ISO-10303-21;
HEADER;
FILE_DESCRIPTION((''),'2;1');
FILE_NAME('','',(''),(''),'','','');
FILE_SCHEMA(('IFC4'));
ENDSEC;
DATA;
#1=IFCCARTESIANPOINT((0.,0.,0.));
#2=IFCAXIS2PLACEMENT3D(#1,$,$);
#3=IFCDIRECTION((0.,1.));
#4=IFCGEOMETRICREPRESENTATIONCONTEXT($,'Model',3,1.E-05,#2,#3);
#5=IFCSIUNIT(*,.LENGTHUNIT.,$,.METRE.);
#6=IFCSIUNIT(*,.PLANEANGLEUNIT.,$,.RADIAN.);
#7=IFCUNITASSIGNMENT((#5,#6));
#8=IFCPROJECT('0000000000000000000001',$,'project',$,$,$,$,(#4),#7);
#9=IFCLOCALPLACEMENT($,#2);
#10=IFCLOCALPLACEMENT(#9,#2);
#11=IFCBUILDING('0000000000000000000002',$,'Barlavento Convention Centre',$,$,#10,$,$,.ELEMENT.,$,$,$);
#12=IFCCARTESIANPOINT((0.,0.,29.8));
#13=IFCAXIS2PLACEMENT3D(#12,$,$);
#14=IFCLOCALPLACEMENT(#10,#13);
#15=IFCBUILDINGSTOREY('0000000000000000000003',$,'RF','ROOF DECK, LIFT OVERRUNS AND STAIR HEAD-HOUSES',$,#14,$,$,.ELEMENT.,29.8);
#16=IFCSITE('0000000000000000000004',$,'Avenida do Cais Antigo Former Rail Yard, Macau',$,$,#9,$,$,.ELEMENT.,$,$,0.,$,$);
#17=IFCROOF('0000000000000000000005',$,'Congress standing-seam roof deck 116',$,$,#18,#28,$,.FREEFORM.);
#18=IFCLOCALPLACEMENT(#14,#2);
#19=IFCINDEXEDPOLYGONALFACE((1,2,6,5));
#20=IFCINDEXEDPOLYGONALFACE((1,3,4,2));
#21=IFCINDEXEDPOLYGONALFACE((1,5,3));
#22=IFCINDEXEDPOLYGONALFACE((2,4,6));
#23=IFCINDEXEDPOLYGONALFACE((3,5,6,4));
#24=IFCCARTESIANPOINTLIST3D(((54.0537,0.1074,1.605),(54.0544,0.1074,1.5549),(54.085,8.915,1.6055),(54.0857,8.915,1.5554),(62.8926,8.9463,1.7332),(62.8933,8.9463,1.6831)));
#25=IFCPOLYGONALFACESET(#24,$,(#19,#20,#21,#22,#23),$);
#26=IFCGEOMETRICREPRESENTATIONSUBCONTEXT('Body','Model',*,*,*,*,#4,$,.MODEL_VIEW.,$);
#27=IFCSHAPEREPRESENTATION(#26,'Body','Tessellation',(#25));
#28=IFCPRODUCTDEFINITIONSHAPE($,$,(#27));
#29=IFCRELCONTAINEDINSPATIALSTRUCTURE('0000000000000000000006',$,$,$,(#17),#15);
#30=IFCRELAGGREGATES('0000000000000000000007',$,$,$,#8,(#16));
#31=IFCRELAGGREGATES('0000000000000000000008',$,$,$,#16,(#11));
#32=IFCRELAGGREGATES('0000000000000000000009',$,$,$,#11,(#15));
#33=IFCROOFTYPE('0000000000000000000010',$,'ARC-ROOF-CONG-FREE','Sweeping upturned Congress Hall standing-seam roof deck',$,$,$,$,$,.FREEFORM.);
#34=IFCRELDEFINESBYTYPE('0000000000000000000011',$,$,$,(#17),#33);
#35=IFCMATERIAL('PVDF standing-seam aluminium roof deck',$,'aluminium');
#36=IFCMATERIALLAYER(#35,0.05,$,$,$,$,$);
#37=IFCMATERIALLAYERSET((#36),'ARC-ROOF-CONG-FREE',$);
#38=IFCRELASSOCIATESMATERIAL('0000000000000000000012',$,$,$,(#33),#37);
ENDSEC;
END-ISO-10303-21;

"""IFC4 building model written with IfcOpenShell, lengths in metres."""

from ifc_helpers import new_model, si_unit, direction, frame, origin, place, context, subcontext, project, spatial, polyline, outline, extrude, material, layer, layer_set, type_object, element, save


model = new_model("IFC4")

# Units and contexts
model_context = context("Model", 3, precision=1e-05, world=origin(), true_north=direction((0.0, 1.0)))
body_context = subcontext(model_context, "Body", "Model", "MODEL_VIEW")
ifc_project = project(units=[si_unit("LENGTHUNIT", "METRE"), si_unit("PLANEANGLEUNIT", "RADIAN")], contexts=[model_context])

# Site, building, storey
site_placement = place(None, origin())
site = spatial("IfcSite", under=ifc_project, at=site_placement, Name="Avenida do Cais Antigo Former Rail Yard, Macau", CompositionType="ELEMENT", RefElevation=0.0)
building_placement = place(site_placement, origin())
building = spatial("IfcBuilding", under=site, at=building_placement, Name="Barlavento Convention Centre", CompositionType="ELEMENT")
storey_placement = place(building_placement, frame((0.0, 0.0, 29.8)))
storey = spatial("IfcBuildingStorey", under=building, at=storey_placement, Name="RF", Description="ROOF DECK, LIFT OVERRUNS AND STAIR HEAD-HOUSES", CompositionType="ELEMENT", Elevation=29.8)

# Roof
ifc_material_1 = material(Name="PVDF standing-seam aluminium roof deck", Category="aluminium")
ifc_layer_1 = layer(ifc_material_1, 0.05)
ifc_layer_set_1 = layer_set([ifc_layer_1], Name="ARC-ROOF-CONG-FREE")
roof_type = type_object("IfcRoofType", Name="ARC-ROOF-CONG-FREE", Description="Sweeping upturned Congress Hall standing-seam roof deck", PredefinedType="FREEFORM", material=ifc_layer_set_1)
roof_1_placement = place(storey_placement, frame((54.0537, 0.1074, 1.605), z_axis=(-0.014496, -0.000004, 0.999895), x_axis=(0.70707, 0.70707, 0.010253)))
element("IfcRoof", 1, at=roof_1_placement, inside=storey, type_object=roof_type, Name="Congress standing-seam roof deck 116", PredefinedType="FREEFORM", context=body_context, shape_type="SweptSolid", body=[
    extrude(outline(polyline([(0.0, 0.0), (12.5007, 0.0), (6.2497, 6.2062), (0.0, 0.0)])), origin(), (0.0, 0.0, -1.0), 0.05),
])

save(model, "model.ifc")
